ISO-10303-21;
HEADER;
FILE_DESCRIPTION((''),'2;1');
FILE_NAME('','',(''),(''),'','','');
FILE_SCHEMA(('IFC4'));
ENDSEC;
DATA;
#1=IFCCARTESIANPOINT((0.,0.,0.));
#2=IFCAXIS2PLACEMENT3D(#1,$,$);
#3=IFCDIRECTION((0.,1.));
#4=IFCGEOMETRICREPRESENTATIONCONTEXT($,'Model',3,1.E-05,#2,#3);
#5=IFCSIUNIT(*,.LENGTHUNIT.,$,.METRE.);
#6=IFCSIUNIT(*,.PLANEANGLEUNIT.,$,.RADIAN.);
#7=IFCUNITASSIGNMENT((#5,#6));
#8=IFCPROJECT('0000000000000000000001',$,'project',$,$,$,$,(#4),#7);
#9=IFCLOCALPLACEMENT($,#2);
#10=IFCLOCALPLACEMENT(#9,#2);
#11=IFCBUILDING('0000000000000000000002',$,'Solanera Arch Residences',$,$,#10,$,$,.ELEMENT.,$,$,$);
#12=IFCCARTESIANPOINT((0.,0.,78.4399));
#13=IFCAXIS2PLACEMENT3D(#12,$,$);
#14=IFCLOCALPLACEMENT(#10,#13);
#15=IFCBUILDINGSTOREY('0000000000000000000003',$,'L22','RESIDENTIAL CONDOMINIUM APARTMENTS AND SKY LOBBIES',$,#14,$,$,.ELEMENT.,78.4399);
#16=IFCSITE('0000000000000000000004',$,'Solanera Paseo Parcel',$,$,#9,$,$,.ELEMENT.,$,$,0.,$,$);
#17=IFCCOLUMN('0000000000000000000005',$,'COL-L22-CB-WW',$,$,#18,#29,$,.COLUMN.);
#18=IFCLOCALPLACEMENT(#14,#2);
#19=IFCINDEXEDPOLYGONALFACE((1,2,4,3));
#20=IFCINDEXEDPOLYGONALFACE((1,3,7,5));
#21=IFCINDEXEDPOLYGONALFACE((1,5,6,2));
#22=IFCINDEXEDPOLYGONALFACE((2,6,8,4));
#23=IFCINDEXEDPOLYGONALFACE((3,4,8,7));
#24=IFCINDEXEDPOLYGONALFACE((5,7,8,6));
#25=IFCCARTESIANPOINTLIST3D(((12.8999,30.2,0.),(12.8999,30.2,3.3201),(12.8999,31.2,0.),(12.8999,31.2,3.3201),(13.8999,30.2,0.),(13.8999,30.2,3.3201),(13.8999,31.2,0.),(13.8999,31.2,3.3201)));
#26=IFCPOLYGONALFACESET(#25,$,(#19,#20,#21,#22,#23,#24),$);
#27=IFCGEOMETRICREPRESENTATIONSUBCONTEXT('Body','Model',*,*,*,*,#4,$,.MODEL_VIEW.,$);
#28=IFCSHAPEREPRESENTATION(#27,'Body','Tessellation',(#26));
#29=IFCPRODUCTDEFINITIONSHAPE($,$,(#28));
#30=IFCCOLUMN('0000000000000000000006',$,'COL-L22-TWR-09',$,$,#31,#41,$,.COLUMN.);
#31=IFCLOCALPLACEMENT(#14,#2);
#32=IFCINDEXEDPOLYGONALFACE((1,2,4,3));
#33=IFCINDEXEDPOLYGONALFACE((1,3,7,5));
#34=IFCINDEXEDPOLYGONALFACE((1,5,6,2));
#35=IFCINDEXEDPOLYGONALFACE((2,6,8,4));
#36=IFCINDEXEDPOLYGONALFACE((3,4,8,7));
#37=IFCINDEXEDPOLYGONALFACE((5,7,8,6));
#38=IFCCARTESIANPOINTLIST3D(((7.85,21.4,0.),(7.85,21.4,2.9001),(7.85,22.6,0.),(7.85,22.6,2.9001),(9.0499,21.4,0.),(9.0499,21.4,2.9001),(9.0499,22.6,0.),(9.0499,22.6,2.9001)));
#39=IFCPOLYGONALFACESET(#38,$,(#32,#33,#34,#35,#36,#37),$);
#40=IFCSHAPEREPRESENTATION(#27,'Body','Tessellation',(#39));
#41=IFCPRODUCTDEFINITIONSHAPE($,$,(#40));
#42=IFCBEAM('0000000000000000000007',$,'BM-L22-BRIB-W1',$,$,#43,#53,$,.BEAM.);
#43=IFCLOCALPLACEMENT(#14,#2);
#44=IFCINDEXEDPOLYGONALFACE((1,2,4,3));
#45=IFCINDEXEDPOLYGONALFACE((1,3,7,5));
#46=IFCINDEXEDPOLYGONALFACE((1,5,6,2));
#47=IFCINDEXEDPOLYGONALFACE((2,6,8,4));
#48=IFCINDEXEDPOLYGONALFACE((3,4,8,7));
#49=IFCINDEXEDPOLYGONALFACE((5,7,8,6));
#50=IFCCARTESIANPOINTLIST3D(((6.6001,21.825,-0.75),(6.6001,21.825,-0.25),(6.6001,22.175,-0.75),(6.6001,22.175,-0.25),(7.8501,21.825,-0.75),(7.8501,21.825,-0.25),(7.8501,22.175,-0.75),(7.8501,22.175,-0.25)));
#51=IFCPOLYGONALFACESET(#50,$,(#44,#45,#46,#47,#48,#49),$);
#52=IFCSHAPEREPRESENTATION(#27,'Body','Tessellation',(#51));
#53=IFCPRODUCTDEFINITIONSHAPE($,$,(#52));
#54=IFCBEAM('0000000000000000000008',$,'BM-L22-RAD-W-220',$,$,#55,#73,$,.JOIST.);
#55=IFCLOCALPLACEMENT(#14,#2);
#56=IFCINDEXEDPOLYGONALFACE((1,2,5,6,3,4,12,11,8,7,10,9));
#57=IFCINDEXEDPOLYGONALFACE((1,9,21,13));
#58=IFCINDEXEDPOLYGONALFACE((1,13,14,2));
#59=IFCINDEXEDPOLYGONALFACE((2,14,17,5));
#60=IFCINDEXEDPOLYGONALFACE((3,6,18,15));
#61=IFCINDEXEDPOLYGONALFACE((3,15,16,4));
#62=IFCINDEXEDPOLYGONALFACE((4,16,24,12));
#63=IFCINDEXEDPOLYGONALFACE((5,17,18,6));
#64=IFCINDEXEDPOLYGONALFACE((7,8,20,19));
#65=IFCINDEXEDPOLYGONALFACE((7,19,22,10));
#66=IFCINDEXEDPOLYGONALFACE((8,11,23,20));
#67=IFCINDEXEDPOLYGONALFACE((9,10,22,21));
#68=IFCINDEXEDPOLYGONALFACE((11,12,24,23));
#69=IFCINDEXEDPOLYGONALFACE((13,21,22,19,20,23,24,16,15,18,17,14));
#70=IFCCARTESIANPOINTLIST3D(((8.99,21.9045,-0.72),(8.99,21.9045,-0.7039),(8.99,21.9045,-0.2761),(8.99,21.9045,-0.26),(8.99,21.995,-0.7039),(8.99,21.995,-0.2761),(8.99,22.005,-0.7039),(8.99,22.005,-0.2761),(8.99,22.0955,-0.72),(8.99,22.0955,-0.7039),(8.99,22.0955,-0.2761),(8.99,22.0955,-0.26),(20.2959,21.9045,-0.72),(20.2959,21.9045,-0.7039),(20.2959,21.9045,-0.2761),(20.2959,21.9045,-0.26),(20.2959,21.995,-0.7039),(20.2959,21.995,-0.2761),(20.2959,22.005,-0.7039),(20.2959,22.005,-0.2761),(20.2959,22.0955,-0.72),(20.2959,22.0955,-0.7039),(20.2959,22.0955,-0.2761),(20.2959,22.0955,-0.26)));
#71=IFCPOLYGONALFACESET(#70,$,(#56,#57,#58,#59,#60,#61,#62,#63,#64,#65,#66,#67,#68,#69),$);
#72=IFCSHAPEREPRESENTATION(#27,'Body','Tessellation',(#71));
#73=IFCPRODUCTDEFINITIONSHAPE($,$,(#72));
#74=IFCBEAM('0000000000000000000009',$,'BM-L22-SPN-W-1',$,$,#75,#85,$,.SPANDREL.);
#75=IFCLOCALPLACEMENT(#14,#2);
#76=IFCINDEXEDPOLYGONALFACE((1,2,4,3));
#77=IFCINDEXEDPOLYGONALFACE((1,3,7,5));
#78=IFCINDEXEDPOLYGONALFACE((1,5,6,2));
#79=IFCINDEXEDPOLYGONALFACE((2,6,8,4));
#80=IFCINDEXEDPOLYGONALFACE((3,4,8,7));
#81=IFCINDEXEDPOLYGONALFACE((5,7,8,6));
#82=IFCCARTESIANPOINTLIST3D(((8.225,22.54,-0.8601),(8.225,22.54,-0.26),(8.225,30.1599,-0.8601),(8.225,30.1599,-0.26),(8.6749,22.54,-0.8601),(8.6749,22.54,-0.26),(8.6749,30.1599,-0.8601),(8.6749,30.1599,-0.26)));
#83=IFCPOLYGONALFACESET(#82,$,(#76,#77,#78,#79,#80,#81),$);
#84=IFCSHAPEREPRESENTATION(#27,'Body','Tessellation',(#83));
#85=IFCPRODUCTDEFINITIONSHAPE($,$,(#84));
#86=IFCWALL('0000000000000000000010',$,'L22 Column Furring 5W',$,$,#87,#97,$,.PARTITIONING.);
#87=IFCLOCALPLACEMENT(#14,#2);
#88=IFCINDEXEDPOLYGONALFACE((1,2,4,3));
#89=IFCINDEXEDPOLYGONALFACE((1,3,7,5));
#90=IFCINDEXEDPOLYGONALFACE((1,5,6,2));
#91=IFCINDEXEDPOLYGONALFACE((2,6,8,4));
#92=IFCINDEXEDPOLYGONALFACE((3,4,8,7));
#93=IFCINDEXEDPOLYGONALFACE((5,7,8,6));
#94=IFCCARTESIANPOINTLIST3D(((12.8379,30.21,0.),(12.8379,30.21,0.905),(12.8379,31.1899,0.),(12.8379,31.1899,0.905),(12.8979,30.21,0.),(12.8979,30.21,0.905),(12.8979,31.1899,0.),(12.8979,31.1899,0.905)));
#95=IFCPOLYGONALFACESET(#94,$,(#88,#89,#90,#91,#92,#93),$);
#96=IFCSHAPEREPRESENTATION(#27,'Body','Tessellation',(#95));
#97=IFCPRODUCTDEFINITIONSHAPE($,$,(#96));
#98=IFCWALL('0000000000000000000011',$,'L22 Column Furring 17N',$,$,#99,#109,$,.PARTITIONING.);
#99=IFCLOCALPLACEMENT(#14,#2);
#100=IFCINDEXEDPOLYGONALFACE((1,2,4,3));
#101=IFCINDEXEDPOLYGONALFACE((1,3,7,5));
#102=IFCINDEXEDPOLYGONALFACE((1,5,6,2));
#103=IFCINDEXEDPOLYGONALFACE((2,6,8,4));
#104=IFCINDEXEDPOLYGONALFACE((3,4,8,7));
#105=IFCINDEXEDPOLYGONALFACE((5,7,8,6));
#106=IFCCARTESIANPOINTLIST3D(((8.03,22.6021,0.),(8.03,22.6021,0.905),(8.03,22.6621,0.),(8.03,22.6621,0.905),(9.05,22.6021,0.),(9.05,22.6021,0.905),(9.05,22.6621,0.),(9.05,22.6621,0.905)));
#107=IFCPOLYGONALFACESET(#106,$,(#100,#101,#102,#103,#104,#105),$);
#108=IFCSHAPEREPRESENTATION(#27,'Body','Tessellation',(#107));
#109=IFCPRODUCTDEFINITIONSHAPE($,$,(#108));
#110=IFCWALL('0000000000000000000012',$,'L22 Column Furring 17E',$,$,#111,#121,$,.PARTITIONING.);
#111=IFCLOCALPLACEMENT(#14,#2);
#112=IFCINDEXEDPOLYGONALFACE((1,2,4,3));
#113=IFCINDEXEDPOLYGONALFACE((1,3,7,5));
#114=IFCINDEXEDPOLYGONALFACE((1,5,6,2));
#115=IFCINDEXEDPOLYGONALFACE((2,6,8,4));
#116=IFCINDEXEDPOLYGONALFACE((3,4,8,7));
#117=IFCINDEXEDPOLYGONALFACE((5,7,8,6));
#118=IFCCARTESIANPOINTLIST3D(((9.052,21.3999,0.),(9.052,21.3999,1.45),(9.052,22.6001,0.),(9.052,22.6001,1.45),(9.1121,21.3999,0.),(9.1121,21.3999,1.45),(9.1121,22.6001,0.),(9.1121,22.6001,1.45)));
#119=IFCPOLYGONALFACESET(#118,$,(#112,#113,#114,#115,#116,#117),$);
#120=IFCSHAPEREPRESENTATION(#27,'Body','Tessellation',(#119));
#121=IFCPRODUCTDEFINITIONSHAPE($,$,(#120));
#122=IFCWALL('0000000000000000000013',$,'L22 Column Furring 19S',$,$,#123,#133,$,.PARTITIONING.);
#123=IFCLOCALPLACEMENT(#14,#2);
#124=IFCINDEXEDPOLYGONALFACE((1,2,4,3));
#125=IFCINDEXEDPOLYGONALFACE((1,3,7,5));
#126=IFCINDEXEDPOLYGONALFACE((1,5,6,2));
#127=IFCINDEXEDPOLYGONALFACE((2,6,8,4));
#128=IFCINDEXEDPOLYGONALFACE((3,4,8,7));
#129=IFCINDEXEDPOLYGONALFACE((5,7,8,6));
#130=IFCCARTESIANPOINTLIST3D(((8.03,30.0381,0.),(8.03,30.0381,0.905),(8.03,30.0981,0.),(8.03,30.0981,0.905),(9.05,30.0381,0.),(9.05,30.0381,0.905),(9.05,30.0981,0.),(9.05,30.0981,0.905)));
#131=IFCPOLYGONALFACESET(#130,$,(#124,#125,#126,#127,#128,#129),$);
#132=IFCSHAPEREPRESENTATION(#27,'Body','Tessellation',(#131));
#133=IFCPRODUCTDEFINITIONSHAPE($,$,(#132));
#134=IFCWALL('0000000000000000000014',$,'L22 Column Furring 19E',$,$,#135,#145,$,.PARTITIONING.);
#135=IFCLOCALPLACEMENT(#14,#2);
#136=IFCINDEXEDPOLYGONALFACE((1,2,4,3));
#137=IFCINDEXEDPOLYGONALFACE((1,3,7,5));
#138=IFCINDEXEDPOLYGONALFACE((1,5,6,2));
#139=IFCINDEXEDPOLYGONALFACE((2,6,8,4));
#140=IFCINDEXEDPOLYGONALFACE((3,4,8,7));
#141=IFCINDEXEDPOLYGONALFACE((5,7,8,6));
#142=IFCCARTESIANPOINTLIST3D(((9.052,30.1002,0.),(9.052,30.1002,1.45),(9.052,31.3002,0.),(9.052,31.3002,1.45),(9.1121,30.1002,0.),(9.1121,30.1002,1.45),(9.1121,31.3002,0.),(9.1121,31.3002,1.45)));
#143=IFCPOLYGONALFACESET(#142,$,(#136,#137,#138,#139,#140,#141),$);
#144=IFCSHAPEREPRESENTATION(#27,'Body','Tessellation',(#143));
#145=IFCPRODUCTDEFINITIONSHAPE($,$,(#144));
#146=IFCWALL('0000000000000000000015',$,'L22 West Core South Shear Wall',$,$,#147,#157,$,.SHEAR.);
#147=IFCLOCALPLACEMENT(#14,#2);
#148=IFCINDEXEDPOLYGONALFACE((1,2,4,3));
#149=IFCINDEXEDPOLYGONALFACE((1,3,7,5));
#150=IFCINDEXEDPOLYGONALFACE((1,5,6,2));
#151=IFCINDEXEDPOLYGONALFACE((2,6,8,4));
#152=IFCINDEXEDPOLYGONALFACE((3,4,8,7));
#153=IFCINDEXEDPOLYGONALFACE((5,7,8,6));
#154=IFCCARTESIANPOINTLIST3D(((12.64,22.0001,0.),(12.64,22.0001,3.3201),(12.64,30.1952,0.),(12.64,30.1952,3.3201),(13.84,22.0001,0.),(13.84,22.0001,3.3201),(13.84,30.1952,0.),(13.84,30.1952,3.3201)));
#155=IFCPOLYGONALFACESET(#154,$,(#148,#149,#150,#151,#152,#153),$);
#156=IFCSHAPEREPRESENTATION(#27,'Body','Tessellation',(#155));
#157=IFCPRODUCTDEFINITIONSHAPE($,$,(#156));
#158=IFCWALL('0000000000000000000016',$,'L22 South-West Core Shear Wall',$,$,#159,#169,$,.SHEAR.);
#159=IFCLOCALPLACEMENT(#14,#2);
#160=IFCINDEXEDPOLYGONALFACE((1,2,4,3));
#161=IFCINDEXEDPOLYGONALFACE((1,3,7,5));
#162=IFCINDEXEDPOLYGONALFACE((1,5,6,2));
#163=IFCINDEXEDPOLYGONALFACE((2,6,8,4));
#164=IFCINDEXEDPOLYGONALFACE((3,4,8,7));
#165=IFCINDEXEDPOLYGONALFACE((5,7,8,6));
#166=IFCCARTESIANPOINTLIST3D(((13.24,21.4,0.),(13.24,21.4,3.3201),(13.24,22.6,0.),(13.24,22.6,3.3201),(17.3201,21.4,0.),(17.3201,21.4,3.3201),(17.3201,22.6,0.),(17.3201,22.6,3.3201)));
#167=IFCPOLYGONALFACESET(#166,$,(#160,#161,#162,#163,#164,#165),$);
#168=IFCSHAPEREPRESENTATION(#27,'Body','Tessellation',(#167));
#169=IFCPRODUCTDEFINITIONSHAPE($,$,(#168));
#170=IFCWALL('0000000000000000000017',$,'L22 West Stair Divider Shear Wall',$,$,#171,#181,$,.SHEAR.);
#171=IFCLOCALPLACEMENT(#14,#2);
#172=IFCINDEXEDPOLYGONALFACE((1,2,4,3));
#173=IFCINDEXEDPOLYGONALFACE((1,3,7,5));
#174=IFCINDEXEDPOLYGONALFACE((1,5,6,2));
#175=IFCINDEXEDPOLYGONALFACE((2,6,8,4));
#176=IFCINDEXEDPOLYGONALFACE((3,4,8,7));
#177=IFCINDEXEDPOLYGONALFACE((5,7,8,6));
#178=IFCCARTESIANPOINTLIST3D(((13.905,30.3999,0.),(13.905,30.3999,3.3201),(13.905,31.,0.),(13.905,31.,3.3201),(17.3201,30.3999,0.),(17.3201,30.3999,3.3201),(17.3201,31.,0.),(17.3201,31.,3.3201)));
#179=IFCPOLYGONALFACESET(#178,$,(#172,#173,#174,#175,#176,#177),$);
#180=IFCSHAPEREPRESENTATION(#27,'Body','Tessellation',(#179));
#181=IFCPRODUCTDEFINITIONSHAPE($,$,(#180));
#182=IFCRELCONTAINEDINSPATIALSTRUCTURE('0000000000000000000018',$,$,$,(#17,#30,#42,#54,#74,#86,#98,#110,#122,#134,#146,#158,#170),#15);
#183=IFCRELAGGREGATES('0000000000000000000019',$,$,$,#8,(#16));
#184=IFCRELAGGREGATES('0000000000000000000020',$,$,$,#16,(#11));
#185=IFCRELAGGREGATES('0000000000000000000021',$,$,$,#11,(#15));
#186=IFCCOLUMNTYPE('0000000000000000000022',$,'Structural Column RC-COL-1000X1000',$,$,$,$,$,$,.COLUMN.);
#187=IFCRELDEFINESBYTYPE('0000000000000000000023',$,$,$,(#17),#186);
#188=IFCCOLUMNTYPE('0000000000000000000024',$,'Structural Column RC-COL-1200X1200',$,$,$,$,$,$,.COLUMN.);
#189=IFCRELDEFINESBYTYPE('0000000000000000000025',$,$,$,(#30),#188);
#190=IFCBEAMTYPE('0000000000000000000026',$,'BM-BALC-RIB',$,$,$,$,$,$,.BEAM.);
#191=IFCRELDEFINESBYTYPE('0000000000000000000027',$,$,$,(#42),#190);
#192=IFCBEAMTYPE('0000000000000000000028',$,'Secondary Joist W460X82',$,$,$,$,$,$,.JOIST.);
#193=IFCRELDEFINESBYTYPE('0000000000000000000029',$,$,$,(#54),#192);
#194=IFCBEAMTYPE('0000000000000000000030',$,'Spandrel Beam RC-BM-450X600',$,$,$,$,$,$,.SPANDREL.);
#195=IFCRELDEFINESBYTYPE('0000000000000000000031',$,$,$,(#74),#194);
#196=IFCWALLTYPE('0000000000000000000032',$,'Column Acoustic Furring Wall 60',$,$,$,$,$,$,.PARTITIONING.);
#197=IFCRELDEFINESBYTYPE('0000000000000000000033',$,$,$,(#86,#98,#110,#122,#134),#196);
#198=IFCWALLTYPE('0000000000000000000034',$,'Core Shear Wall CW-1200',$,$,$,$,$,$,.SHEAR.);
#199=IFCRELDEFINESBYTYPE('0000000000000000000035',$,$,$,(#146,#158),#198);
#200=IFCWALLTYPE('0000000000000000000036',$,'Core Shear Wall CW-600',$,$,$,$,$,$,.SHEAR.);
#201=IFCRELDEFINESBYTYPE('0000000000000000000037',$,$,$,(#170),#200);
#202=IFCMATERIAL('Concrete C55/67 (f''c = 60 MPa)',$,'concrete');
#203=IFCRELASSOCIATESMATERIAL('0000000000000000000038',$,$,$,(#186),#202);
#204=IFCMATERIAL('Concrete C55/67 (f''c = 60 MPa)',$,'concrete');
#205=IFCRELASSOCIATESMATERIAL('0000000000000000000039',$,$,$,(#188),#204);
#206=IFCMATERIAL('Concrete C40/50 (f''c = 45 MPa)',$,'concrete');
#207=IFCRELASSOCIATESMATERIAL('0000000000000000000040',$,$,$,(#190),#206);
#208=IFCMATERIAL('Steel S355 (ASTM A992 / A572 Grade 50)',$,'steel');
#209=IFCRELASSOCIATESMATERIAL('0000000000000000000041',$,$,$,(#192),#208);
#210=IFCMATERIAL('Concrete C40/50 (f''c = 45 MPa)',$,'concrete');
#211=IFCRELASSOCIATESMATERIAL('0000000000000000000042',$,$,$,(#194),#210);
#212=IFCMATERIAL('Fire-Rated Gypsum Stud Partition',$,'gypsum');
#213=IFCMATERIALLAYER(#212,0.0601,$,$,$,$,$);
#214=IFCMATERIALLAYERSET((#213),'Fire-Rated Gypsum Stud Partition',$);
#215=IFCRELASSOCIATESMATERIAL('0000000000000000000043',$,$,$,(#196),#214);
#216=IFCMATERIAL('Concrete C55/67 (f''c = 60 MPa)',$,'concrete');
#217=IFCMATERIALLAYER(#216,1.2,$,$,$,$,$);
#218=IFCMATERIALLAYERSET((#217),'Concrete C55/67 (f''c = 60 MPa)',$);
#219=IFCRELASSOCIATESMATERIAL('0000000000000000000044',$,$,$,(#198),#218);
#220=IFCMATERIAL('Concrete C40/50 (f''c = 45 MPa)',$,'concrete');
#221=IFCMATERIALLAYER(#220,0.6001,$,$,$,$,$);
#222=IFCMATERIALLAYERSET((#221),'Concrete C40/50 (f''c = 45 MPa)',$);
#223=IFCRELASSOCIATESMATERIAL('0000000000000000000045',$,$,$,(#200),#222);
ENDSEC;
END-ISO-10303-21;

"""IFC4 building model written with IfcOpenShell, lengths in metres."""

from ifc_helpers import new_model, si_unit, direction, frame, frame_2d, origin, origin_2d, place, context, subcontext, project, spatial, rectangle, i_section, extrude, material, layer, layer_set, material_profile, profile_set, type_object, element, save


model = new_model("IFC4")

# Units and contexts
model_context = context("Model", 3, precision=1e-05, world=origin(), true_north=direction((0.0, 1.0)))
body_context = subcontext(model_context, "Body", "Model", "MODEL_VIEW")
ifc_project = project(units=[si_unit("LENGTHUNIT", "METRE"), si_unit("PLANEANGLEUNIT", "RADIAN")], contexts=[model_context])

# Site, building, storey
site_placement = place(None, origin())
site = spatial("IfcSite", under=ifc_project, at=site_placement, Name="Solanera Paseo Parcel", CompositionType="ELEMENT", RefElevation=0.0)
building_placement = place(site_placement, origin())
building = spatial("IfcBuilding", under=site, at=building_placement, Name="Solanera Arch Residences", CompositionType="ELEMENT")
storey_placement = place(building_placement, frame((0.0, 0.0, 78.4399)))
storey = spatial("IfcBuildingStorey", under=building, at=storey_placement, Name="L22", Description="RESIDENTIAL CONDOMINIUM APARTMENTS AND SKY LOBBIES", CompositionType="ELEMENT", Elevation=78.4399)

# Columns
ifc_material_1 = material(Name="Concrete C55/67 (f'c = 60 MPa)", Category="concrete")
ifc_material_profile_1 = material_profile(ifc_material_1, rectangle(XDim=1.0, YDim=1.0, at=origin_2d()))
ifc_profile_set_1 = profile_set([ifc_material_profile_1], Name="Concrete C55/67 (f'c = 60 MPa)")
column_type_1 = type_object("IfcColumnType", Name="Structural Column RC-COL-1000X1000", PredefinedType="COLUMN", material=ifc_profile_set_1)
column_1_placement = place(storey_placement, frame((13.3999, 30.7, 0.0), z_axis=(0.0, 0.0, 1.0), x_axis=(1.0, 0.0, 0.0)))
element("IfcColumn", 1, at=column_1_placement, inside=storey, type_object=column_type_1, Name="COL-L22-CB-WW", PredefinedType="COLUMN", context=body_context, shape_type="SweptSolid", body=[
    extrude(rectangle(XDim=1.0, YDim=1.0, at=origin_2d()), origin(), (0.0, 0.0, 1.0), 3.3201),
])
ifc_material_2 = material(Name="Concrete C55/67 (f'c = 60 MPa)", Category="concrete")
ifc_material_profile_2 = material_profile(ifc_material_2, rectangle(XDim=1.2, YDim=1.2, at=origin_2d()))
ifc_profile_set_2 = profile_set([ifc_material_profile_2], Name="Concrete C55/67 (f'c = 60 MPa)")
column_type_2 = type_object("IfcColumnType", Name="Structural Column RC-COL-1200X1200", PredefinedType="COLUMN", material=ifc_profile_set_2)
column_2_placement = place(storey_placement, frame((8.45, 22.0, 0.0), z_axis=(0.0, 0.0, 1.0), x_axis=(1.0, 0.0, 0.0)))
element("IfcColumn", 2, at=column_2_placement, inside=storey, type_object=column_type_2, Name="COL-L22-TWR-09", PredefinedType="COLUMN", context=body_context, shape_type="SweptSolid", body=[
    extrude(rectangle(XDim=1.2, YDim=1.2, at=origin_2d()), origin(), (0.0, 0.0, 1.0), 2.9001),
])

# Beams
ifc_material_3 = material(Name="Concrete C40/50 (f'c = 45 MPa)", Category="concrete")
ifc_material_profile_3 = material_profile(ifc_material_3, rectangle(XDim=0.3501, YDim=0.5, at=origin_2d()))
ifc_profile_set_3 = profile_set([ifc_material_profile_3], Name="Concrete C40/50 (f'c = 45 MPa)")
beam_type_1 = type_object("IfcBeamType", Name="BM-BALC-RIB", PredefinedType="BEAM", material=ifc_profile_set_3)
beam_1_placement = place(storey_placement, frame((6.6001, 22.0, -0.5), z_axis=(1.0, 0.0, 0.0), x_axis=(0.0, 1.0, 0.0)))
element("IfcBeam", 3, at=beam_1_placement, inside=storey, type_object=beam_type_1, Name="BM-L22-BRIB-W1", PredefinedType="BEAM", context=body_context, shape_type="SweptSolid", body=[
    extrude(rectangle(XDim=0.3501, YDim=0.5, at=origin_2d()), origin(), (0.0, 0.0, 1.0), 1.25),
])
ifc_material_4 = material(Name="Steel S355 (ASTM A992 / A572 Grade 50)", Category="steel")
ifc_material_profile_4 = material_profile(ifc_material_4, i_section(OverallWidth=0.1909, OverallDepth=0.46, WebThickness=0.01, FlangeThickness=0.0161, at=origin_2d()))
ifc_profile_set_4 = profile_set([ifc_material_profile_4], Name="Steel S355 (ASTM A992 / A572 Grade 50)")
beam_type_2 = type_object("IfcBeamType", Name="Secondary Joist W460X82", PredefinedType="JOIST", material=ifc_profile_set_4)
beam_2_placement = place(storey_placement, frame((8.99, 22.0, -0.49), z_axis=(1.0, 0.0, 0.0), x_axis=(0.0, 1.0, 0.0)))
element("IfcBeam", 4, at=beam_2_placement, inside=storey, type_object=beam_type_2, Name="BM-L22-RAD-W-220", PredefinedType="JOIST", context=body_context, shape_type="SweptSolid", body=[
    extrude(i_section(OverallWidth=0.1909, OverallDepth=0.46, WebThickness=0.01, FlangeThickness=0.0161, at=origin_2d()), origin(), (0.0, 0.0, 1.0), 11.3059),
])
ifc_material_5 = material(Name="Concrete C40/50 (f'c = 45 MPa)", Category="concrete")
ifc_material_profile_5 = material_profile(ifc_material_5, rectangle(XDim=0.45, YDim=0.6001, at=origin_2d()))
ifc_profile_set_5 = profile_set([ifc_material_profile_5], Name="Concrete C40/50 (f'c = 45 MPa)")
beam_type_3 = type_object("IfcBeamType", Name="Spandrel Beam RC-BM-450X600", PredefinedType="SPANDREL", material=ifc_profile_set_5)
beam_3_placement = place(storey_placement, frame((8.45, 22.54, -0.5601), z_axis=(0.0, 1.0, 0.0), x_axis=(-1.0, 0.0, 0.0)))
element("IfcBeam", 5, at=beam_3_placement, inside=storey, type_object=beam_type_3, Name="BM-L22-SPN-W-1", PredefinedType="SPANDREL", context=body_context, shape_type="SweptSolid", body=[
    extrude(rectangle(XDim=0.45, YDim=0.6001, at=origin_2d()), origin(), (0.0, 0.0, 1.0), 7.6199),
])

# Walls
ifc_material_6 = material(Name="Fire-Rated Gypsum Stud Partition", Category="gypsum")
ifc_layer_1 = layer(ifc_material_6, 0.0601)
ifc_layer_set_1 = layer_set([ifc_layer_1], Name="Fire-Rated Gypsum Stud Partition")
wall_type_1 = type_object("IfcWallType", Name="Column Acoustic Furring Wall 60", PredefinedType="PARTITIONING", material=ifc_layer_set_1)
wall_1_placement = place(storey_placement, frame((12.8679, 30.21, 0.0), z_axis=(0.0, 0.0, 1.0), x_axis=(0.0, 1.0, 0.0)))
element("IfcWall", 6, at=wall_1_placement, inside=storey, type_object=wall_type_1, Name="L22 Column Furring 5W", PredefinedType="PARTITIONING", context=body_context, shape_type="SweptSolid", body=[
    extrude(rectangle(XDim=0.98, YDim=0.0601, at=frame_2d((0.49, 0.0))), origin(), (0.0, 0.0, 1.0), 0.905),
])
wall_2_placement = place(storey_placement, frame((8.03, 22.6321, 0.0), z_axis=(0.0, 0.0, 1.0), x_axis=(1.0, 0.0, 0.0)))
element("IfcWall", 7, at=wall_2_placement, inside=storey, type_object=wall_type_1, Name="L22 Column Furring 17N", PredefinedType="PARTITIONING", context=body_context, shape_type="SweptSolid", body=[
    extrude(rectangle(XDim=1.02, YDim=0.0601, at=frame_2d((0.51, 0.0))), origin(), (0.0, 0.0, 1.0), 0.905),
])
wall_3_placement = place(storey_placement, frame((9.082, 21.3999, 0.0), z_axis=(0.0, 0.0, 1.0), x_axis=(0.0, 1.0, 0.0)))
element("IfcWall", 8, at=wall_3_placement, inside=storey, type_object=wall_type_1, Name="L22 Column Furring 17E", PredefinedType="PARTITIONING", context=body_context, shape_type="SweptSolid", body=[
    extrude(rectangle(XDim=1.2002, YDim=0.0601, at=frame_2d((0.6001, 0.0))), origin(), (0.0, 0.0, 1.0), 1.45),
])
wall_4_placement = place(storey_placement, frame((8.03, 30.0681, 0.0), z_axis=(0.0, 0.0, 1.0), x_axis=(1.0, 0.0, 0.0)))
element("IfcWall", 9, at=wall_4_placement, inside=storey, type_object=wall_type_1, Name="L22 Column Furring 19S", PredefinedType="PARTITIONING", context=body_context, shape_type="SweptSolid", body=[
    extrude(rectangle(XDim=1.02, YDim=0.0601, at=frame_2d((0.51, 0.0))), origin(), (0.0, 0.0, 1.0), 0.905),
])
wall_5_placement = place(storey_placement, frame((9.082, 30.1001, 0.0), z_axis=(0.0, 0.0, 1.0), x_axis=(0.0, 1.0, 0.0)))
element("IfcWall", 10, at=wall_5_placement, inside=storey, type_object=wall_type_1, Name="L22 Column Furring 19E", PredefinedType="PARTITIONING", context=body_context, shape_type="SweptSolid", body=[
    extrude(rectangle(XDim=1.2, YDim=0.0601, at=frame_2d((0.6001, 0.0))), origin(), (0.0, 0.0, 1.0), 1.45),
])
ifc_material_7 = material(Name="Concrete C55/67 (f'c = 60 MPa)", Category="concrete")
ifc_layer_2 = layer(ifc_material_7, 1.2)
ifc_layer_set_2 = layer_set([ifc_layer_2], Name="Concrete C55/67 (f'c = 60 MPa)")
wall_type_2 = type_object("IfcWallType", Name="Core Shear Wall CW-1200", PredefinedType="SHEAR", material=ifc_layer_set_2)
wall_6_placement = place(storey_placement, frame((13.24, 22.0, 0.0), z_axis=(0.0, 0.0, 1.0), x_axis=(0.0, 1.0, 0.0)))
element("IfcWall", 11, at=wall_6_placement, inside=storey, type_object=wall_type_2, Name="L22 West Core South Shear Wall", PredefinedType="SHEAR", context=body_context, shape_type="SweptSolid", body=[
    extrude(rectangle(XDim=8.1951, YDim=1.2, at=frame_2d((4.0977, 0.0))), origin(), (0.0, 0.0, 1.0), 3.3201),
])
wall_7_placement = place(storey_placement, frame((13.24, 22.0, 0.0), z_axis=(0.0, 0.0, 1.0), x_axis=(1.0, 0.0, 0.0)))
element("IfcWall", 12, at=wall_7_placement, inside=storey, type_object=wall_type_2, Name="L22 South-West Core Shear Wall", PredefinedType="SHEAR", context=body_context, shape_type="SweptSolid", body=[
    extrude(rectangle(XDim=4.0801, YDim=1.2, at=frame_2d((2.04, 0.0))), origin(), (0.0, 0.0, 1.0), 3.3201),
])
ifc_material_8 = material(Name="Concrete C40/50 (f'c = 45 MPa)", Category="concrete")
ifc_layer_3 = layer(ifc_material_8, 0.6001)
ifc_layer_set_3 = layer_set([ifc_layer_3], Name="Concrete C40/50 (f'c = 45 MPa)")
wall_type_3 = type_object("IfcWallType", Name="Core Shear Wall CW-600", PredefinedType="SHEAR", material=ifc_layer_set_3)
wall_8_placement = place(storey_placement, frame((13.905, 30.7, 0.0), z_axis=(0.0, 0.0, 1.0), x_axis=(1.0, 0.0, 0.0)))
element("IfcWall", 13, at=wall_8_placement, inside=storey, type_object=wall_type_3, Name="L22 West Stair Divider Shear Wall", PredefinedType="SHEAR", context=body_context, shape_type="SweptSolid", body=[
    extrude(rectangle(XDim=3.415, YDim=0.6001, at=frame_2d((1.7075, 0.0))), origin(), (0.0, 0.0, 1.0), 3.3201),
])

save(model, "model.ifc")
